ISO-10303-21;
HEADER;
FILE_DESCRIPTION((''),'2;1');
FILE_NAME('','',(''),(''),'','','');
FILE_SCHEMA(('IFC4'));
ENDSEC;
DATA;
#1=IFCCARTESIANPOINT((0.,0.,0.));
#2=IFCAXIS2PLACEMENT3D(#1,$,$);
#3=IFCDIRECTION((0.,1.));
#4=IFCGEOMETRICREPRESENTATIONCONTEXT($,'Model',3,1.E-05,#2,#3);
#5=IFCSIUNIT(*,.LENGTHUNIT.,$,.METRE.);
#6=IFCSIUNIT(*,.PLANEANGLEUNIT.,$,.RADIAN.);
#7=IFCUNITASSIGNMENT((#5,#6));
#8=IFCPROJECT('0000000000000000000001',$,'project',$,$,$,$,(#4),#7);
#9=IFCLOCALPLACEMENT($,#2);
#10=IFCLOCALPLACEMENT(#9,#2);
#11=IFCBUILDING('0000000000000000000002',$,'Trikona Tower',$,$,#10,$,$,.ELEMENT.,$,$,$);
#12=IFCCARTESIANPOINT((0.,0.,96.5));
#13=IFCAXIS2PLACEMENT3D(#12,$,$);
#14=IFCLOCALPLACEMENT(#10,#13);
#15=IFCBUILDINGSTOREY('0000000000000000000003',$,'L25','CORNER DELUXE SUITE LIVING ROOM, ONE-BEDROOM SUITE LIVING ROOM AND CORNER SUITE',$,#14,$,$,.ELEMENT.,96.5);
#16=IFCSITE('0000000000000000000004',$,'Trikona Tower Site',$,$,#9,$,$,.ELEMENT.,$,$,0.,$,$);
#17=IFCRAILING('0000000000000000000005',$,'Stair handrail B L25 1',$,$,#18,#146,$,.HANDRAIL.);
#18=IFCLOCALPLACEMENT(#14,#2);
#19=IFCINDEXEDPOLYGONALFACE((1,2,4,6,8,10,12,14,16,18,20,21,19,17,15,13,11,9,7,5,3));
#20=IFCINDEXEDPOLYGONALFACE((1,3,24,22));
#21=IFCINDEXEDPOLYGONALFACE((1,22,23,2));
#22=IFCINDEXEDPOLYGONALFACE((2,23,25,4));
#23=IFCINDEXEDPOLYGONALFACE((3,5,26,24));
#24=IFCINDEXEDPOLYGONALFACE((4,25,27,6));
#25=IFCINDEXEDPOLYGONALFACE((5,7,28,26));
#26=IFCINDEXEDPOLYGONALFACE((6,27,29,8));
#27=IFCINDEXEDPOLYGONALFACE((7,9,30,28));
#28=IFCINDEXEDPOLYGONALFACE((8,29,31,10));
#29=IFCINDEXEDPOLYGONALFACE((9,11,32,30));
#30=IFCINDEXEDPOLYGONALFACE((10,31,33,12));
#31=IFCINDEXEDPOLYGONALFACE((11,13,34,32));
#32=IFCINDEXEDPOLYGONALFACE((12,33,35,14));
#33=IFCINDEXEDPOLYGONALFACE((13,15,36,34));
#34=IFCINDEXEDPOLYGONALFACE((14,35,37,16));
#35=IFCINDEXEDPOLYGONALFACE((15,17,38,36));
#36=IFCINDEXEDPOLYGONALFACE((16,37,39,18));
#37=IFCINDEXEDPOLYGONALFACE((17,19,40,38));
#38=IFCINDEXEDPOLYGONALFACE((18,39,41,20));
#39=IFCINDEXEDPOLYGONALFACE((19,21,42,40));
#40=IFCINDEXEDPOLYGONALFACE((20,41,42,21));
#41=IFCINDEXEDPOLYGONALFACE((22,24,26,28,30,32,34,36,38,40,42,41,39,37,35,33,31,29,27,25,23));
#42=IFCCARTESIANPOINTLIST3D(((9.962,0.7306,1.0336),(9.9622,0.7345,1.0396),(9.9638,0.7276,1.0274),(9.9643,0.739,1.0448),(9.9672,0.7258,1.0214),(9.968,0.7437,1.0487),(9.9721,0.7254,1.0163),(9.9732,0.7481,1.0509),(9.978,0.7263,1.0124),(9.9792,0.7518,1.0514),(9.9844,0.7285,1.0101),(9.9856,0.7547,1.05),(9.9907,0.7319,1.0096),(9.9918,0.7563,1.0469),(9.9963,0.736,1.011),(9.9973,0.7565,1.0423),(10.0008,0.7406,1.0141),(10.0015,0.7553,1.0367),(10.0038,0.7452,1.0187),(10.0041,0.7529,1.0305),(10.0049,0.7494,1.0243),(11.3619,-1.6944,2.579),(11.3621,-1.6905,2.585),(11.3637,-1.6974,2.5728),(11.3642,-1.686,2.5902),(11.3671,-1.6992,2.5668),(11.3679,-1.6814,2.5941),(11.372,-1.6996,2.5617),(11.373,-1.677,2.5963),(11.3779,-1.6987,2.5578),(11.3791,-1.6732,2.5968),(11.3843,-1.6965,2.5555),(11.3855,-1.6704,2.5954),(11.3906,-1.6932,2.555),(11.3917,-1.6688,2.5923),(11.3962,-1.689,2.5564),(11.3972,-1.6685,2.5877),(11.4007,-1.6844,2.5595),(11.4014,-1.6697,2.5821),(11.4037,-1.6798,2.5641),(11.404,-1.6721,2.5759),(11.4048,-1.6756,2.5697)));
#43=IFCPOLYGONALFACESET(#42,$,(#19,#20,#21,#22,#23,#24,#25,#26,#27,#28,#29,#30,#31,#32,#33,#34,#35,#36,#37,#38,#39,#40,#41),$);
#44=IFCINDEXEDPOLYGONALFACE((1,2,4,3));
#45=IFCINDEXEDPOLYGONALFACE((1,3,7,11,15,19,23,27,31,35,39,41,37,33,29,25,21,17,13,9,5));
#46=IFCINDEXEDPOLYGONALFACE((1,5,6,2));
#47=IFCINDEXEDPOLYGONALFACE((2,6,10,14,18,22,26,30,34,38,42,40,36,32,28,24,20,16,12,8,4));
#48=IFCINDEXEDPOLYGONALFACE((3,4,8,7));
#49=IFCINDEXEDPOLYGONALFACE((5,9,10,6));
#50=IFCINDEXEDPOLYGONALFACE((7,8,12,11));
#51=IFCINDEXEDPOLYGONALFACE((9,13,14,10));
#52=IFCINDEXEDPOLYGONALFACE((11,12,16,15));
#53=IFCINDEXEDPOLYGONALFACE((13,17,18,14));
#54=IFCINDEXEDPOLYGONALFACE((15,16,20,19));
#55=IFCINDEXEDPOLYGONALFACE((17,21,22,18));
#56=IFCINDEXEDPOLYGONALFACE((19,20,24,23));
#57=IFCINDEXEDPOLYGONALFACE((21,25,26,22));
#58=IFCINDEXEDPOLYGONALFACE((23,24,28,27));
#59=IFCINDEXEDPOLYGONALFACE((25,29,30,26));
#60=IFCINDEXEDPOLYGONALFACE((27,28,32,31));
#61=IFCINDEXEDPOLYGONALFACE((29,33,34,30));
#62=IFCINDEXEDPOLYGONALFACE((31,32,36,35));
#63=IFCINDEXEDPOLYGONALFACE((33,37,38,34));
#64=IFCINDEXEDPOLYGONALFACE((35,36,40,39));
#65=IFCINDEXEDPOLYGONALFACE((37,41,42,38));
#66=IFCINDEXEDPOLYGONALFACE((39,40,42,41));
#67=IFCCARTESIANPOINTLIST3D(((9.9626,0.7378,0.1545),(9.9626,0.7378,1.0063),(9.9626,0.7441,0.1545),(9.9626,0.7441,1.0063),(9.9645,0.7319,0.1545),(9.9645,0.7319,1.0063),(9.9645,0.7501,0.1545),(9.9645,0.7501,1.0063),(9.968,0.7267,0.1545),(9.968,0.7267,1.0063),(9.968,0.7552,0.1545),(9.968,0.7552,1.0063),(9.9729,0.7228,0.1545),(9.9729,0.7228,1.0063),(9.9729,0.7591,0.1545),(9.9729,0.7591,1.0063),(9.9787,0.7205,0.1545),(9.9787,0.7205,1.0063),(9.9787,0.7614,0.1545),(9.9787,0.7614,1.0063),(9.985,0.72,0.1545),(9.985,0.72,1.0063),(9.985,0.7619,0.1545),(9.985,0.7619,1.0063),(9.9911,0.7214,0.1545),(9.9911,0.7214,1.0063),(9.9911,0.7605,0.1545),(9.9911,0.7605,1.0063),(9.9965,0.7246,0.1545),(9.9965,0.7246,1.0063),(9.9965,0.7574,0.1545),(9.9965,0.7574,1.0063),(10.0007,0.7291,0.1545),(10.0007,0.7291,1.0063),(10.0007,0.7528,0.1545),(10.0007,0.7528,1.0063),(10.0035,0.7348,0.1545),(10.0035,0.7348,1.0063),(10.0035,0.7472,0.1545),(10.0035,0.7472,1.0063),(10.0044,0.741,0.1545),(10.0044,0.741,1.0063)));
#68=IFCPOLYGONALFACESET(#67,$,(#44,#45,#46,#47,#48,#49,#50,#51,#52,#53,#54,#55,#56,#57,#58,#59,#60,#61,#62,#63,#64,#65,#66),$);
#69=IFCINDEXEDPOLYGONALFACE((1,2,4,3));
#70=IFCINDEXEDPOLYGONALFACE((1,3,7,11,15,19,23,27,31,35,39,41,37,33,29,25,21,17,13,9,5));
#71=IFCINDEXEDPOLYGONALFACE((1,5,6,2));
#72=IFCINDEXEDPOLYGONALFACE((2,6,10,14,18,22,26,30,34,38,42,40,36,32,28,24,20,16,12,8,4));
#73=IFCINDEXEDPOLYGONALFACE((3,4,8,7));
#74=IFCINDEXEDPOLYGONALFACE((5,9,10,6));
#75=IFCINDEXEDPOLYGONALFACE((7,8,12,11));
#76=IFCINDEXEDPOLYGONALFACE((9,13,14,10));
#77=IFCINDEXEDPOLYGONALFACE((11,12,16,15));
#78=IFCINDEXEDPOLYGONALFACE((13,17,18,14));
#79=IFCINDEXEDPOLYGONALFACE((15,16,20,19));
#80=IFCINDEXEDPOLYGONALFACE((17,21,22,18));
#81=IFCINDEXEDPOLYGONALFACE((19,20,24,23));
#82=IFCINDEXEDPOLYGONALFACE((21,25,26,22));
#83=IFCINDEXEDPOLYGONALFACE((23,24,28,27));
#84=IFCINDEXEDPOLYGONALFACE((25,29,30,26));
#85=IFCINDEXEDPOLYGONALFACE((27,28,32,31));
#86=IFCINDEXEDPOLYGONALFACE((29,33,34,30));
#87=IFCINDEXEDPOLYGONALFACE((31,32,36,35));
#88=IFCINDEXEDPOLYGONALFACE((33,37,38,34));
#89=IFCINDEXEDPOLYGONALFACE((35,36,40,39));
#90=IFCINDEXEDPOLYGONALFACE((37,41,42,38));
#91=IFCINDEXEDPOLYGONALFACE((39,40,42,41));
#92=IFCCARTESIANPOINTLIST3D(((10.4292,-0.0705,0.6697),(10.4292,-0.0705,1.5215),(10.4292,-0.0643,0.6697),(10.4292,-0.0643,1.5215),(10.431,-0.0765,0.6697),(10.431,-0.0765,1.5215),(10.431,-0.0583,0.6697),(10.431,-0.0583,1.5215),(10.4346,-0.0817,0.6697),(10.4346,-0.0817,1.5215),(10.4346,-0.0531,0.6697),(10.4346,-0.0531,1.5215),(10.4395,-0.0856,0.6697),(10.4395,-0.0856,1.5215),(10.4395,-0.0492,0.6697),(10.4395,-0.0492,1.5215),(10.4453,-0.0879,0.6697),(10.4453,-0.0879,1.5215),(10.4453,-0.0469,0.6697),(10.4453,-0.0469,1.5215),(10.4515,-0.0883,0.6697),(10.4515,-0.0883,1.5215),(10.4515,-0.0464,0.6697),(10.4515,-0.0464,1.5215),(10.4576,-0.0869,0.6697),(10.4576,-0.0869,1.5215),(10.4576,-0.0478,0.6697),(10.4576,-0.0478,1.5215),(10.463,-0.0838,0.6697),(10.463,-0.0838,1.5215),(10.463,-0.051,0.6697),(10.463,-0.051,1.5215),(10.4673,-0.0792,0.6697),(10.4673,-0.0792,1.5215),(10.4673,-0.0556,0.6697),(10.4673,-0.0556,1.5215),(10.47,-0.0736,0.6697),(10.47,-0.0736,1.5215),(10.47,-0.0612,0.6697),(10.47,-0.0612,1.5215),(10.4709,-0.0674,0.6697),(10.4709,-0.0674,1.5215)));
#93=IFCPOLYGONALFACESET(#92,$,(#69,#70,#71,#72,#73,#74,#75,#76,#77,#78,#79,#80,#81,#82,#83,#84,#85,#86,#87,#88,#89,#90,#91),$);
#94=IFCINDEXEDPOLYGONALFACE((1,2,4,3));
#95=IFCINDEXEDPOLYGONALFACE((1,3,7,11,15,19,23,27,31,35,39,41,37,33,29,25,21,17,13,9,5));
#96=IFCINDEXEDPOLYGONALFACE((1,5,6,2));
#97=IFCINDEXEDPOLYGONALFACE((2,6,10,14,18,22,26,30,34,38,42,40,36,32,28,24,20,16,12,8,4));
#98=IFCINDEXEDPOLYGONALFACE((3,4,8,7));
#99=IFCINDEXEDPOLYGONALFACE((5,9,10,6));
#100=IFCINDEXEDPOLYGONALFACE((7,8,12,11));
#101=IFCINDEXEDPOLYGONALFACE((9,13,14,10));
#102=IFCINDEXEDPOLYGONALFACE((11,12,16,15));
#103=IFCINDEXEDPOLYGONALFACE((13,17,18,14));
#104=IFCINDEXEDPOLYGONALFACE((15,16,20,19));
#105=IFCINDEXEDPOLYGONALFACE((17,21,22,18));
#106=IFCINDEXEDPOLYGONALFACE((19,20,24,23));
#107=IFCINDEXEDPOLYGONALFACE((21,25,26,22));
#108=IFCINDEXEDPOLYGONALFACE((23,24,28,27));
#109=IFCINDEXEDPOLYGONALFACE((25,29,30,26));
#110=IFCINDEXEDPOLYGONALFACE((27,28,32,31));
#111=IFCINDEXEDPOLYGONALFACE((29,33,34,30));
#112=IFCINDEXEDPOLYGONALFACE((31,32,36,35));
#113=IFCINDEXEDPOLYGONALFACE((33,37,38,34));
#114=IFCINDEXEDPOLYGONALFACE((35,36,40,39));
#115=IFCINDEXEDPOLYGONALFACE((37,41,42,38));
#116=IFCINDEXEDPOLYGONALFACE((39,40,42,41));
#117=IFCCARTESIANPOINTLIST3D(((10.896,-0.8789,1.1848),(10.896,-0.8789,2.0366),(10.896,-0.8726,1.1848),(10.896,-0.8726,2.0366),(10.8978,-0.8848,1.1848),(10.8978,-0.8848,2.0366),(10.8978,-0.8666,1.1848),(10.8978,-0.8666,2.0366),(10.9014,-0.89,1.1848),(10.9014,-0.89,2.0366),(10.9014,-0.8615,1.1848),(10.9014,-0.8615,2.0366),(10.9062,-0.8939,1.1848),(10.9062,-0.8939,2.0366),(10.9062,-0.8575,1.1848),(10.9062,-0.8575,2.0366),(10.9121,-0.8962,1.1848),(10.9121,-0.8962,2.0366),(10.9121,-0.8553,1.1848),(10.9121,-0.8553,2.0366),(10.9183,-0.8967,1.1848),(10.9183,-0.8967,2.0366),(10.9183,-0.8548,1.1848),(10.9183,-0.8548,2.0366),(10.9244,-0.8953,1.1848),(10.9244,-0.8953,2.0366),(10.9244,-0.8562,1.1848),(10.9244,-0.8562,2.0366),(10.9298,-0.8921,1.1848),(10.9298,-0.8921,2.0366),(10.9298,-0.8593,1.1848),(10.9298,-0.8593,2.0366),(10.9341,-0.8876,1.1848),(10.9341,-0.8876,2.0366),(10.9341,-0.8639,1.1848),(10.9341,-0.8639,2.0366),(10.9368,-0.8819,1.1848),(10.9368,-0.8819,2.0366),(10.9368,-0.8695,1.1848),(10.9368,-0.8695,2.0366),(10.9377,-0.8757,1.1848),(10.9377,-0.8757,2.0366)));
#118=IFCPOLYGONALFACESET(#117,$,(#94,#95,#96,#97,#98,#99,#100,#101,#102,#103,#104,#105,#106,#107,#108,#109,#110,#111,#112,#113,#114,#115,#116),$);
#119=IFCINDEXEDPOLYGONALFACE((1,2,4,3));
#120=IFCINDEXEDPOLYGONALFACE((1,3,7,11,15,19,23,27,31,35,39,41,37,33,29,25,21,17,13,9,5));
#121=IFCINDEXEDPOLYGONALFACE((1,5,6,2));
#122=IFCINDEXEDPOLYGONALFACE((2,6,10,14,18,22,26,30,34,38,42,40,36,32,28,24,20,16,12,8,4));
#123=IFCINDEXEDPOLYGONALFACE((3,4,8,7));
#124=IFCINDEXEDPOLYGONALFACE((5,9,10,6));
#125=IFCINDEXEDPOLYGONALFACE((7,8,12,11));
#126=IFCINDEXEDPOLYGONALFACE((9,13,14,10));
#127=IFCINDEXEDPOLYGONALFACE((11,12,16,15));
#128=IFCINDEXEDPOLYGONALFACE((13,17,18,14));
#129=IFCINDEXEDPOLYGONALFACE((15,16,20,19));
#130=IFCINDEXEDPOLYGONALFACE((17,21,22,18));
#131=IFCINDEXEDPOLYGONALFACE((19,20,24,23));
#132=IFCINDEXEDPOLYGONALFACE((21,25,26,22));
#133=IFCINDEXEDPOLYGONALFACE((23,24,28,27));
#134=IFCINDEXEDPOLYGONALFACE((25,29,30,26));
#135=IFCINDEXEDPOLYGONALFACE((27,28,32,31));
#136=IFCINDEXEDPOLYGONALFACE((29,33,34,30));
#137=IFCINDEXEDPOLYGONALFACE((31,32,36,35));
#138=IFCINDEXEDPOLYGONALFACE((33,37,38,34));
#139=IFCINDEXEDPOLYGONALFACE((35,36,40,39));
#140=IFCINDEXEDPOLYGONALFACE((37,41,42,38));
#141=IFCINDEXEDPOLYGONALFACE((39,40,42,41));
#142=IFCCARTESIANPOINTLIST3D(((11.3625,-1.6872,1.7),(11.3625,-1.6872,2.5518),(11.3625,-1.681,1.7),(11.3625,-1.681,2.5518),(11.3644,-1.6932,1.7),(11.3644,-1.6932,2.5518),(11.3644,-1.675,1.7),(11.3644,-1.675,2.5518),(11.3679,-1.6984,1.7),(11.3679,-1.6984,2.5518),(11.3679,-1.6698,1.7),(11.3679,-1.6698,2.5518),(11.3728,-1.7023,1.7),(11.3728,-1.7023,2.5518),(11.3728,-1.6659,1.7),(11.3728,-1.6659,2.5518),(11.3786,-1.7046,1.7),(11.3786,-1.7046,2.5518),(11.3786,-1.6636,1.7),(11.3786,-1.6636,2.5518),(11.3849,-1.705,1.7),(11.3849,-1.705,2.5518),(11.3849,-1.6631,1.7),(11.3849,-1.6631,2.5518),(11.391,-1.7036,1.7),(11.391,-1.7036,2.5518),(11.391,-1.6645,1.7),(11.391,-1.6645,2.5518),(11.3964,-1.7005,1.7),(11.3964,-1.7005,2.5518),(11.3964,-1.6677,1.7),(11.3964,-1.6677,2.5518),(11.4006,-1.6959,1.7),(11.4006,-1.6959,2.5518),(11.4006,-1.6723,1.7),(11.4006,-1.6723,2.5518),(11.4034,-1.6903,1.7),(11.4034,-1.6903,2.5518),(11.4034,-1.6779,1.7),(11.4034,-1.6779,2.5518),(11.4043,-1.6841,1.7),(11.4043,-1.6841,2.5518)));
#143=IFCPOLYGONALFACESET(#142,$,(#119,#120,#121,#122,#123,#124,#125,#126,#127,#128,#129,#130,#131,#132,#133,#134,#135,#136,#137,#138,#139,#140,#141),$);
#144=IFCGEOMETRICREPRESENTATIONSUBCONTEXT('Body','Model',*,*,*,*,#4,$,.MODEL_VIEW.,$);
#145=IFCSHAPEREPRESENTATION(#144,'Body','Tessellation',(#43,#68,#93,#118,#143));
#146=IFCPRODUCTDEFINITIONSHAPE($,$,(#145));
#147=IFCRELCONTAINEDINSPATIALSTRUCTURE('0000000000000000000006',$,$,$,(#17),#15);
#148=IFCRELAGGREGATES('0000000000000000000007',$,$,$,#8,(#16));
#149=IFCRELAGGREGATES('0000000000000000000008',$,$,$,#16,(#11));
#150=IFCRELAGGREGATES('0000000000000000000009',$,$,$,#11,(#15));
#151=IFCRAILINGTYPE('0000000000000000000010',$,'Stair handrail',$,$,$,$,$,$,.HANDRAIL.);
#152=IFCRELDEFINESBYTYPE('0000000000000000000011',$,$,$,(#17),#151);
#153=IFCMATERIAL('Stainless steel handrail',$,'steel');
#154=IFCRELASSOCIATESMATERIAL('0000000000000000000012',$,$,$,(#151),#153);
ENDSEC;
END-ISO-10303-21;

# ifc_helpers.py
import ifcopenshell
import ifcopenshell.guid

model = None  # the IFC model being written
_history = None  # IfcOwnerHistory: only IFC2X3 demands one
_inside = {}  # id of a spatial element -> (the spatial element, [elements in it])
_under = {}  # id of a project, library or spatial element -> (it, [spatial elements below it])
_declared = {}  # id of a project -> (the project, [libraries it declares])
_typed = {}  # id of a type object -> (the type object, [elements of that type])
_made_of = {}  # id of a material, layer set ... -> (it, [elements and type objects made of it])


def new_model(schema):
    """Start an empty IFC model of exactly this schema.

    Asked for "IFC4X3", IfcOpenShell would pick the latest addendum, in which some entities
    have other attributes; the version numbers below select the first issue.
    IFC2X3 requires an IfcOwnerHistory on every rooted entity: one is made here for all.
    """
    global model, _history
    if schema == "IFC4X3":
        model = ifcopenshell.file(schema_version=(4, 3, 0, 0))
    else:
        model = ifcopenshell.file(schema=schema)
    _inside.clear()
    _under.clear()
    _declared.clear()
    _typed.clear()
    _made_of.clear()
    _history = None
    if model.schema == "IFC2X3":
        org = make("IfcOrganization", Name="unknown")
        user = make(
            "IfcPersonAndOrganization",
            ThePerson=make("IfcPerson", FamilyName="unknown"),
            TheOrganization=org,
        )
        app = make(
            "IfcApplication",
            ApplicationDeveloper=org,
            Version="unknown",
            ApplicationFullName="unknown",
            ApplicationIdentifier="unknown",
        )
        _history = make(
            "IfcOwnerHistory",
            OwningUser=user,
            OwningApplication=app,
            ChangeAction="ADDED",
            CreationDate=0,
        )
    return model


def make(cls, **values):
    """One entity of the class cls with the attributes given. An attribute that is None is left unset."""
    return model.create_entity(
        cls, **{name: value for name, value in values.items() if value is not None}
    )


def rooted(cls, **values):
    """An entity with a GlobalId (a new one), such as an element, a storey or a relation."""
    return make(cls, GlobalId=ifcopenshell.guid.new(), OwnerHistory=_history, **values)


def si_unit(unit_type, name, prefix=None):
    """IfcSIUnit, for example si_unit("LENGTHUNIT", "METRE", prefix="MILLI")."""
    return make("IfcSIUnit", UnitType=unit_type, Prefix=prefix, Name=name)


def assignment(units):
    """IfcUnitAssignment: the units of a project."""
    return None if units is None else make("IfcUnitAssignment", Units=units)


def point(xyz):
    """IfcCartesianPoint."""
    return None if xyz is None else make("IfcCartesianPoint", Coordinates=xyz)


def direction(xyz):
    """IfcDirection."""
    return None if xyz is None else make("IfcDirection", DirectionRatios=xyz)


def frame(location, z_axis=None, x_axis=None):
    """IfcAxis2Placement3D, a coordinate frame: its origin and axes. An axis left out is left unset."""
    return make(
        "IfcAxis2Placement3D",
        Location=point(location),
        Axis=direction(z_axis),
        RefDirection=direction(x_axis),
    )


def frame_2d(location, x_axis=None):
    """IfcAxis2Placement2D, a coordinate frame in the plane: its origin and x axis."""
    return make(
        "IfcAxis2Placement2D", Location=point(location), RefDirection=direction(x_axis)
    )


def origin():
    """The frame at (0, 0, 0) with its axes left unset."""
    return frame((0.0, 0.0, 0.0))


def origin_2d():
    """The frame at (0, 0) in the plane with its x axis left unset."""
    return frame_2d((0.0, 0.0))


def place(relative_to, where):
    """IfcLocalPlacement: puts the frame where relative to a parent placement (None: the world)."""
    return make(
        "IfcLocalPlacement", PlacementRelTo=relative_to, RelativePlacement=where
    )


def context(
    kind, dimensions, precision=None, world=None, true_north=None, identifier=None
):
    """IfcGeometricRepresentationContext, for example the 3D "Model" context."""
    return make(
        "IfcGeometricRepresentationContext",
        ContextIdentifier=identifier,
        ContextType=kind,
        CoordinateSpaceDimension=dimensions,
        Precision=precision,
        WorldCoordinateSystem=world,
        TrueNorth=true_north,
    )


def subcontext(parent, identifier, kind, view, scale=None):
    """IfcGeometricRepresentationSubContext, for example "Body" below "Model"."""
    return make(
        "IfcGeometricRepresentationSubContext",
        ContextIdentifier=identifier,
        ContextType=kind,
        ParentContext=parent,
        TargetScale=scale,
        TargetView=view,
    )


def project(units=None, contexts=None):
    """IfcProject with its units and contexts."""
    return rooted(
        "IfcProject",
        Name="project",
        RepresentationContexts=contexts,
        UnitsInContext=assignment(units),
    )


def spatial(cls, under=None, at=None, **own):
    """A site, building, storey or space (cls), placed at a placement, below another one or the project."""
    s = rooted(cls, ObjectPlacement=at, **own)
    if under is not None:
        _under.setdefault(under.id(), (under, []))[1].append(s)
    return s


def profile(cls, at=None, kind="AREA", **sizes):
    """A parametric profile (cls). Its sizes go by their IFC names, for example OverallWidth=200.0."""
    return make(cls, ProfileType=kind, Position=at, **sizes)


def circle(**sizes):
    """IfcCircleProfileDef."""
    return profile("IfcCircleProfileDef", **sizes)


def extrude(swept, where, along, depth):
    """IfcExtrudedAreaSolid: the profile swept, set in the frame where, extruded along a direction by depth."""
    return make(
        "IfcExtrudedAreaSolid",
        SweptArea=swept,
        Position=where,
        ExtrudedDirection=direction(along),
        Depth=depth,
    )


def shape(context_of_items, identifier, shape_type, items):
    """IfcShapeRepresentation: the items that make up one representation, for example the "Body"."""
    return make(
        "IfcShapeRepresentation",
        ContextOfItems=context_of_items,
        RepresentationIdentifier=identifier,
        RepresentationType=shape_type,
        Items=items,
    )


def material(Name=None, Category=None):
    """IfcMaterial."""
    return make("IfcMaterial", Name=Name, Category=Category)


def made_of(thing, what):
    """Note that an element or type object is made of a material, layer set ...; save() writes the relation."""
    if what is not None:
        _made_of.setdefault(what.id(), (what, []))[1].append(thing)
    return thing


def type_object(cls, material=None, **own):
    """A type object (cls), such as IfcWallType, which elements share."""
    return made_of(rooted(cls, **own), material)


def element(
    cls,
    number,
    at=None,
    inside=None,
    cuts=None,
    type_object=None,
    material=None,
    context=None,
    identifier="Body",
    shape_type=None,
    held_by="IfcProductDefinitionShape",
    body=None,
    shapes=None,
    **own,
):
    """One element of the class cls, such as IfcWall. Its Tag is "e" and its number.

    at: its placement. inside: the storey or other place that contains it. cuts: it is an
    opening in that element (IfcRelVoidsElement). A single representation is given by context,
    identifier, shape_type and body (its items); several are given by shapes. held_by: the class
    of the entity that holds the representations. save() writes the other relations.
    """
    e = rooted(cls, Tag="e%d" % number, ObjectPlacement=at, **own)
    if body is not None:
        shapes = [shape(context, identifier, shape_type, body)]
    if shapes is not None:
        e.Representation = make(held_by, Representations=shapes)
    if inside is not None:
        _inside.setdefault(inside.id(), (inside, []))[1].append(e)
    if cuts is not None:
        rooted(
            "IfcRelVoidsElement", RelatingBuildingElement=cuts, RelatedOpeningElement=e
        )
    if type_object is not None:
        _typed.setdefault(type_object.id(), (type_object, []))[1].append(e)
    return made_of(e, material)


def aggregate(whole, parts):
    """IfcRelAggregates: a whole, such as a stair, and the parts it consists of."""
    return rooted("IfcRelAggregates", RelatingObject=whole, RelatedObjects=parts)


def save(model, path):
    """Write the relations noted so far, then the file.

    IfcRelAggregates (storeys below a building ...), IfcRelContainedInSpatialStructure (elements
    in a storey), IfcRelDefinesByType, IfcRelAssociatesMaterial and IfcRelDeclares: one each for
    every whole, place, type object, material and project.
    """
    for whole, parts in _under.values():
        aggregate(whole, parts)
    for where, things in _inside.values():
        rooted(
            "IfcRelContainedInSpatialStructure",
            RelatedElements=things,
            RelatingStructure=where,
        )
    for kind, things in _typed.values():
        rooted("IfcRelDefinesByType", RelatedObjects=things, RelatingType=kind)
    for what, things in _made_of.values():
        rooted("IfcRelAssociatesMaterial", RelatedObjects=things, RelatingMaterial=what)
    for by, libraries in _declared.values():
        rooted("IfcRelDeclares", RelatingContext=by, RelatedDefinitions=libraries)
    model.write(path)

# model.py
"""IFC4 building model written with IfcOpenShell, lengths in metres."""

from ifc_helpers import new_model, si_unit, direction, frame, origin, origin_2d, place, context, subcontext, project, spatial, circle, extrude, material, type_object, element, save


model = new_model("IFC4")

# Units and contexts
model_context = context("Model", 3, precision=1e-05, world=origin(), true_north=direction((0.0, 1.0)))
body_context = subcontext(model_context, "Body", "Model", "MODEL_VIEW")
ifc_project = project(units=[si_unit("LENGTHUNIT", "METRE"), si_unit("PLANEANGLEUNIT", "RADIAN")], contexts=[model_context])

# Site, building, storey
site_placement = place(None, origin())
site = spatial("IfcSite", under=ifc_project, at=site_placement, Name="Trikona Tower Site", CompositionType="ELEMENT", RefElevation=0.0)
building_placement = place(site_placement, origin())
building = spatial("IfcBuilding", under=site, at=building_placement, Name="Trikona Tower", CompositionType="ELEMENT")
storey_placement = place(building_placement, frame((0.0, 0.0, 96.5)))
storey = spatial("IfcBuildingStorey", under=building, at=storey_placement, Name="L25", Description="CORNER DELUXE SUITE LIVING ROOM, ONE-BEDROOM SUITE LIVING ROOM AND CORNER SUITE", CompositionType="ELEMENT", Elevation=96.5)

# Railing
ifc_material_1 = material(Name="Stainless steel handrail", Category="steel")
railing_type = type_object("IfcRailingType", Name="Stair handrail", PredefinedType="HANDRAIL", material=ifc_material_1)
railing_placement = place(storey_placement, frame((9.9834, 0.741, 0.1545)))
element("IfcRailing", 1, at=railing_placement, inside=storey, type_object=railing_type, Name="Stair handrail B L25 1", PredefinedType="HANDRAIL", context=body_context, shape_type="SweptSolid", body=[
    extrude(circle(Radius=0.0239, at=origin_2d()), frame((0.0, 0.0, 0.876), z_axis=(0.437707, -0.75824, 0.483203), x_axis=(0.866056, 0.499946, 0.0)), (0.0, 0.0, 1.0), 3.1982),
    extrude(circle(Radius=0.021, at=origin_2d()), origin(), (0.0, 0.0, 1.0), 0.8518),
    extrude(circle(Radius=0.021, at=origin_2d()), frame((0.4666, -0.8083, 0.5151)), (0.0, 0.0, 1.0), 0.8518),
    extrude(circle(Radius=0.021, at=origin_2d()), frame((0.9333, -1.6167, 1.0303)), (0.0, 0.0, 1.0), 0.8518),
    extrude(circle(Radius=0.021, at=origin_2d()), frame((1.3999, -2.425, 1.5454)), (0.0, 0.0, 1.0), 0.8518),
])

save(model, "model.ifc")
